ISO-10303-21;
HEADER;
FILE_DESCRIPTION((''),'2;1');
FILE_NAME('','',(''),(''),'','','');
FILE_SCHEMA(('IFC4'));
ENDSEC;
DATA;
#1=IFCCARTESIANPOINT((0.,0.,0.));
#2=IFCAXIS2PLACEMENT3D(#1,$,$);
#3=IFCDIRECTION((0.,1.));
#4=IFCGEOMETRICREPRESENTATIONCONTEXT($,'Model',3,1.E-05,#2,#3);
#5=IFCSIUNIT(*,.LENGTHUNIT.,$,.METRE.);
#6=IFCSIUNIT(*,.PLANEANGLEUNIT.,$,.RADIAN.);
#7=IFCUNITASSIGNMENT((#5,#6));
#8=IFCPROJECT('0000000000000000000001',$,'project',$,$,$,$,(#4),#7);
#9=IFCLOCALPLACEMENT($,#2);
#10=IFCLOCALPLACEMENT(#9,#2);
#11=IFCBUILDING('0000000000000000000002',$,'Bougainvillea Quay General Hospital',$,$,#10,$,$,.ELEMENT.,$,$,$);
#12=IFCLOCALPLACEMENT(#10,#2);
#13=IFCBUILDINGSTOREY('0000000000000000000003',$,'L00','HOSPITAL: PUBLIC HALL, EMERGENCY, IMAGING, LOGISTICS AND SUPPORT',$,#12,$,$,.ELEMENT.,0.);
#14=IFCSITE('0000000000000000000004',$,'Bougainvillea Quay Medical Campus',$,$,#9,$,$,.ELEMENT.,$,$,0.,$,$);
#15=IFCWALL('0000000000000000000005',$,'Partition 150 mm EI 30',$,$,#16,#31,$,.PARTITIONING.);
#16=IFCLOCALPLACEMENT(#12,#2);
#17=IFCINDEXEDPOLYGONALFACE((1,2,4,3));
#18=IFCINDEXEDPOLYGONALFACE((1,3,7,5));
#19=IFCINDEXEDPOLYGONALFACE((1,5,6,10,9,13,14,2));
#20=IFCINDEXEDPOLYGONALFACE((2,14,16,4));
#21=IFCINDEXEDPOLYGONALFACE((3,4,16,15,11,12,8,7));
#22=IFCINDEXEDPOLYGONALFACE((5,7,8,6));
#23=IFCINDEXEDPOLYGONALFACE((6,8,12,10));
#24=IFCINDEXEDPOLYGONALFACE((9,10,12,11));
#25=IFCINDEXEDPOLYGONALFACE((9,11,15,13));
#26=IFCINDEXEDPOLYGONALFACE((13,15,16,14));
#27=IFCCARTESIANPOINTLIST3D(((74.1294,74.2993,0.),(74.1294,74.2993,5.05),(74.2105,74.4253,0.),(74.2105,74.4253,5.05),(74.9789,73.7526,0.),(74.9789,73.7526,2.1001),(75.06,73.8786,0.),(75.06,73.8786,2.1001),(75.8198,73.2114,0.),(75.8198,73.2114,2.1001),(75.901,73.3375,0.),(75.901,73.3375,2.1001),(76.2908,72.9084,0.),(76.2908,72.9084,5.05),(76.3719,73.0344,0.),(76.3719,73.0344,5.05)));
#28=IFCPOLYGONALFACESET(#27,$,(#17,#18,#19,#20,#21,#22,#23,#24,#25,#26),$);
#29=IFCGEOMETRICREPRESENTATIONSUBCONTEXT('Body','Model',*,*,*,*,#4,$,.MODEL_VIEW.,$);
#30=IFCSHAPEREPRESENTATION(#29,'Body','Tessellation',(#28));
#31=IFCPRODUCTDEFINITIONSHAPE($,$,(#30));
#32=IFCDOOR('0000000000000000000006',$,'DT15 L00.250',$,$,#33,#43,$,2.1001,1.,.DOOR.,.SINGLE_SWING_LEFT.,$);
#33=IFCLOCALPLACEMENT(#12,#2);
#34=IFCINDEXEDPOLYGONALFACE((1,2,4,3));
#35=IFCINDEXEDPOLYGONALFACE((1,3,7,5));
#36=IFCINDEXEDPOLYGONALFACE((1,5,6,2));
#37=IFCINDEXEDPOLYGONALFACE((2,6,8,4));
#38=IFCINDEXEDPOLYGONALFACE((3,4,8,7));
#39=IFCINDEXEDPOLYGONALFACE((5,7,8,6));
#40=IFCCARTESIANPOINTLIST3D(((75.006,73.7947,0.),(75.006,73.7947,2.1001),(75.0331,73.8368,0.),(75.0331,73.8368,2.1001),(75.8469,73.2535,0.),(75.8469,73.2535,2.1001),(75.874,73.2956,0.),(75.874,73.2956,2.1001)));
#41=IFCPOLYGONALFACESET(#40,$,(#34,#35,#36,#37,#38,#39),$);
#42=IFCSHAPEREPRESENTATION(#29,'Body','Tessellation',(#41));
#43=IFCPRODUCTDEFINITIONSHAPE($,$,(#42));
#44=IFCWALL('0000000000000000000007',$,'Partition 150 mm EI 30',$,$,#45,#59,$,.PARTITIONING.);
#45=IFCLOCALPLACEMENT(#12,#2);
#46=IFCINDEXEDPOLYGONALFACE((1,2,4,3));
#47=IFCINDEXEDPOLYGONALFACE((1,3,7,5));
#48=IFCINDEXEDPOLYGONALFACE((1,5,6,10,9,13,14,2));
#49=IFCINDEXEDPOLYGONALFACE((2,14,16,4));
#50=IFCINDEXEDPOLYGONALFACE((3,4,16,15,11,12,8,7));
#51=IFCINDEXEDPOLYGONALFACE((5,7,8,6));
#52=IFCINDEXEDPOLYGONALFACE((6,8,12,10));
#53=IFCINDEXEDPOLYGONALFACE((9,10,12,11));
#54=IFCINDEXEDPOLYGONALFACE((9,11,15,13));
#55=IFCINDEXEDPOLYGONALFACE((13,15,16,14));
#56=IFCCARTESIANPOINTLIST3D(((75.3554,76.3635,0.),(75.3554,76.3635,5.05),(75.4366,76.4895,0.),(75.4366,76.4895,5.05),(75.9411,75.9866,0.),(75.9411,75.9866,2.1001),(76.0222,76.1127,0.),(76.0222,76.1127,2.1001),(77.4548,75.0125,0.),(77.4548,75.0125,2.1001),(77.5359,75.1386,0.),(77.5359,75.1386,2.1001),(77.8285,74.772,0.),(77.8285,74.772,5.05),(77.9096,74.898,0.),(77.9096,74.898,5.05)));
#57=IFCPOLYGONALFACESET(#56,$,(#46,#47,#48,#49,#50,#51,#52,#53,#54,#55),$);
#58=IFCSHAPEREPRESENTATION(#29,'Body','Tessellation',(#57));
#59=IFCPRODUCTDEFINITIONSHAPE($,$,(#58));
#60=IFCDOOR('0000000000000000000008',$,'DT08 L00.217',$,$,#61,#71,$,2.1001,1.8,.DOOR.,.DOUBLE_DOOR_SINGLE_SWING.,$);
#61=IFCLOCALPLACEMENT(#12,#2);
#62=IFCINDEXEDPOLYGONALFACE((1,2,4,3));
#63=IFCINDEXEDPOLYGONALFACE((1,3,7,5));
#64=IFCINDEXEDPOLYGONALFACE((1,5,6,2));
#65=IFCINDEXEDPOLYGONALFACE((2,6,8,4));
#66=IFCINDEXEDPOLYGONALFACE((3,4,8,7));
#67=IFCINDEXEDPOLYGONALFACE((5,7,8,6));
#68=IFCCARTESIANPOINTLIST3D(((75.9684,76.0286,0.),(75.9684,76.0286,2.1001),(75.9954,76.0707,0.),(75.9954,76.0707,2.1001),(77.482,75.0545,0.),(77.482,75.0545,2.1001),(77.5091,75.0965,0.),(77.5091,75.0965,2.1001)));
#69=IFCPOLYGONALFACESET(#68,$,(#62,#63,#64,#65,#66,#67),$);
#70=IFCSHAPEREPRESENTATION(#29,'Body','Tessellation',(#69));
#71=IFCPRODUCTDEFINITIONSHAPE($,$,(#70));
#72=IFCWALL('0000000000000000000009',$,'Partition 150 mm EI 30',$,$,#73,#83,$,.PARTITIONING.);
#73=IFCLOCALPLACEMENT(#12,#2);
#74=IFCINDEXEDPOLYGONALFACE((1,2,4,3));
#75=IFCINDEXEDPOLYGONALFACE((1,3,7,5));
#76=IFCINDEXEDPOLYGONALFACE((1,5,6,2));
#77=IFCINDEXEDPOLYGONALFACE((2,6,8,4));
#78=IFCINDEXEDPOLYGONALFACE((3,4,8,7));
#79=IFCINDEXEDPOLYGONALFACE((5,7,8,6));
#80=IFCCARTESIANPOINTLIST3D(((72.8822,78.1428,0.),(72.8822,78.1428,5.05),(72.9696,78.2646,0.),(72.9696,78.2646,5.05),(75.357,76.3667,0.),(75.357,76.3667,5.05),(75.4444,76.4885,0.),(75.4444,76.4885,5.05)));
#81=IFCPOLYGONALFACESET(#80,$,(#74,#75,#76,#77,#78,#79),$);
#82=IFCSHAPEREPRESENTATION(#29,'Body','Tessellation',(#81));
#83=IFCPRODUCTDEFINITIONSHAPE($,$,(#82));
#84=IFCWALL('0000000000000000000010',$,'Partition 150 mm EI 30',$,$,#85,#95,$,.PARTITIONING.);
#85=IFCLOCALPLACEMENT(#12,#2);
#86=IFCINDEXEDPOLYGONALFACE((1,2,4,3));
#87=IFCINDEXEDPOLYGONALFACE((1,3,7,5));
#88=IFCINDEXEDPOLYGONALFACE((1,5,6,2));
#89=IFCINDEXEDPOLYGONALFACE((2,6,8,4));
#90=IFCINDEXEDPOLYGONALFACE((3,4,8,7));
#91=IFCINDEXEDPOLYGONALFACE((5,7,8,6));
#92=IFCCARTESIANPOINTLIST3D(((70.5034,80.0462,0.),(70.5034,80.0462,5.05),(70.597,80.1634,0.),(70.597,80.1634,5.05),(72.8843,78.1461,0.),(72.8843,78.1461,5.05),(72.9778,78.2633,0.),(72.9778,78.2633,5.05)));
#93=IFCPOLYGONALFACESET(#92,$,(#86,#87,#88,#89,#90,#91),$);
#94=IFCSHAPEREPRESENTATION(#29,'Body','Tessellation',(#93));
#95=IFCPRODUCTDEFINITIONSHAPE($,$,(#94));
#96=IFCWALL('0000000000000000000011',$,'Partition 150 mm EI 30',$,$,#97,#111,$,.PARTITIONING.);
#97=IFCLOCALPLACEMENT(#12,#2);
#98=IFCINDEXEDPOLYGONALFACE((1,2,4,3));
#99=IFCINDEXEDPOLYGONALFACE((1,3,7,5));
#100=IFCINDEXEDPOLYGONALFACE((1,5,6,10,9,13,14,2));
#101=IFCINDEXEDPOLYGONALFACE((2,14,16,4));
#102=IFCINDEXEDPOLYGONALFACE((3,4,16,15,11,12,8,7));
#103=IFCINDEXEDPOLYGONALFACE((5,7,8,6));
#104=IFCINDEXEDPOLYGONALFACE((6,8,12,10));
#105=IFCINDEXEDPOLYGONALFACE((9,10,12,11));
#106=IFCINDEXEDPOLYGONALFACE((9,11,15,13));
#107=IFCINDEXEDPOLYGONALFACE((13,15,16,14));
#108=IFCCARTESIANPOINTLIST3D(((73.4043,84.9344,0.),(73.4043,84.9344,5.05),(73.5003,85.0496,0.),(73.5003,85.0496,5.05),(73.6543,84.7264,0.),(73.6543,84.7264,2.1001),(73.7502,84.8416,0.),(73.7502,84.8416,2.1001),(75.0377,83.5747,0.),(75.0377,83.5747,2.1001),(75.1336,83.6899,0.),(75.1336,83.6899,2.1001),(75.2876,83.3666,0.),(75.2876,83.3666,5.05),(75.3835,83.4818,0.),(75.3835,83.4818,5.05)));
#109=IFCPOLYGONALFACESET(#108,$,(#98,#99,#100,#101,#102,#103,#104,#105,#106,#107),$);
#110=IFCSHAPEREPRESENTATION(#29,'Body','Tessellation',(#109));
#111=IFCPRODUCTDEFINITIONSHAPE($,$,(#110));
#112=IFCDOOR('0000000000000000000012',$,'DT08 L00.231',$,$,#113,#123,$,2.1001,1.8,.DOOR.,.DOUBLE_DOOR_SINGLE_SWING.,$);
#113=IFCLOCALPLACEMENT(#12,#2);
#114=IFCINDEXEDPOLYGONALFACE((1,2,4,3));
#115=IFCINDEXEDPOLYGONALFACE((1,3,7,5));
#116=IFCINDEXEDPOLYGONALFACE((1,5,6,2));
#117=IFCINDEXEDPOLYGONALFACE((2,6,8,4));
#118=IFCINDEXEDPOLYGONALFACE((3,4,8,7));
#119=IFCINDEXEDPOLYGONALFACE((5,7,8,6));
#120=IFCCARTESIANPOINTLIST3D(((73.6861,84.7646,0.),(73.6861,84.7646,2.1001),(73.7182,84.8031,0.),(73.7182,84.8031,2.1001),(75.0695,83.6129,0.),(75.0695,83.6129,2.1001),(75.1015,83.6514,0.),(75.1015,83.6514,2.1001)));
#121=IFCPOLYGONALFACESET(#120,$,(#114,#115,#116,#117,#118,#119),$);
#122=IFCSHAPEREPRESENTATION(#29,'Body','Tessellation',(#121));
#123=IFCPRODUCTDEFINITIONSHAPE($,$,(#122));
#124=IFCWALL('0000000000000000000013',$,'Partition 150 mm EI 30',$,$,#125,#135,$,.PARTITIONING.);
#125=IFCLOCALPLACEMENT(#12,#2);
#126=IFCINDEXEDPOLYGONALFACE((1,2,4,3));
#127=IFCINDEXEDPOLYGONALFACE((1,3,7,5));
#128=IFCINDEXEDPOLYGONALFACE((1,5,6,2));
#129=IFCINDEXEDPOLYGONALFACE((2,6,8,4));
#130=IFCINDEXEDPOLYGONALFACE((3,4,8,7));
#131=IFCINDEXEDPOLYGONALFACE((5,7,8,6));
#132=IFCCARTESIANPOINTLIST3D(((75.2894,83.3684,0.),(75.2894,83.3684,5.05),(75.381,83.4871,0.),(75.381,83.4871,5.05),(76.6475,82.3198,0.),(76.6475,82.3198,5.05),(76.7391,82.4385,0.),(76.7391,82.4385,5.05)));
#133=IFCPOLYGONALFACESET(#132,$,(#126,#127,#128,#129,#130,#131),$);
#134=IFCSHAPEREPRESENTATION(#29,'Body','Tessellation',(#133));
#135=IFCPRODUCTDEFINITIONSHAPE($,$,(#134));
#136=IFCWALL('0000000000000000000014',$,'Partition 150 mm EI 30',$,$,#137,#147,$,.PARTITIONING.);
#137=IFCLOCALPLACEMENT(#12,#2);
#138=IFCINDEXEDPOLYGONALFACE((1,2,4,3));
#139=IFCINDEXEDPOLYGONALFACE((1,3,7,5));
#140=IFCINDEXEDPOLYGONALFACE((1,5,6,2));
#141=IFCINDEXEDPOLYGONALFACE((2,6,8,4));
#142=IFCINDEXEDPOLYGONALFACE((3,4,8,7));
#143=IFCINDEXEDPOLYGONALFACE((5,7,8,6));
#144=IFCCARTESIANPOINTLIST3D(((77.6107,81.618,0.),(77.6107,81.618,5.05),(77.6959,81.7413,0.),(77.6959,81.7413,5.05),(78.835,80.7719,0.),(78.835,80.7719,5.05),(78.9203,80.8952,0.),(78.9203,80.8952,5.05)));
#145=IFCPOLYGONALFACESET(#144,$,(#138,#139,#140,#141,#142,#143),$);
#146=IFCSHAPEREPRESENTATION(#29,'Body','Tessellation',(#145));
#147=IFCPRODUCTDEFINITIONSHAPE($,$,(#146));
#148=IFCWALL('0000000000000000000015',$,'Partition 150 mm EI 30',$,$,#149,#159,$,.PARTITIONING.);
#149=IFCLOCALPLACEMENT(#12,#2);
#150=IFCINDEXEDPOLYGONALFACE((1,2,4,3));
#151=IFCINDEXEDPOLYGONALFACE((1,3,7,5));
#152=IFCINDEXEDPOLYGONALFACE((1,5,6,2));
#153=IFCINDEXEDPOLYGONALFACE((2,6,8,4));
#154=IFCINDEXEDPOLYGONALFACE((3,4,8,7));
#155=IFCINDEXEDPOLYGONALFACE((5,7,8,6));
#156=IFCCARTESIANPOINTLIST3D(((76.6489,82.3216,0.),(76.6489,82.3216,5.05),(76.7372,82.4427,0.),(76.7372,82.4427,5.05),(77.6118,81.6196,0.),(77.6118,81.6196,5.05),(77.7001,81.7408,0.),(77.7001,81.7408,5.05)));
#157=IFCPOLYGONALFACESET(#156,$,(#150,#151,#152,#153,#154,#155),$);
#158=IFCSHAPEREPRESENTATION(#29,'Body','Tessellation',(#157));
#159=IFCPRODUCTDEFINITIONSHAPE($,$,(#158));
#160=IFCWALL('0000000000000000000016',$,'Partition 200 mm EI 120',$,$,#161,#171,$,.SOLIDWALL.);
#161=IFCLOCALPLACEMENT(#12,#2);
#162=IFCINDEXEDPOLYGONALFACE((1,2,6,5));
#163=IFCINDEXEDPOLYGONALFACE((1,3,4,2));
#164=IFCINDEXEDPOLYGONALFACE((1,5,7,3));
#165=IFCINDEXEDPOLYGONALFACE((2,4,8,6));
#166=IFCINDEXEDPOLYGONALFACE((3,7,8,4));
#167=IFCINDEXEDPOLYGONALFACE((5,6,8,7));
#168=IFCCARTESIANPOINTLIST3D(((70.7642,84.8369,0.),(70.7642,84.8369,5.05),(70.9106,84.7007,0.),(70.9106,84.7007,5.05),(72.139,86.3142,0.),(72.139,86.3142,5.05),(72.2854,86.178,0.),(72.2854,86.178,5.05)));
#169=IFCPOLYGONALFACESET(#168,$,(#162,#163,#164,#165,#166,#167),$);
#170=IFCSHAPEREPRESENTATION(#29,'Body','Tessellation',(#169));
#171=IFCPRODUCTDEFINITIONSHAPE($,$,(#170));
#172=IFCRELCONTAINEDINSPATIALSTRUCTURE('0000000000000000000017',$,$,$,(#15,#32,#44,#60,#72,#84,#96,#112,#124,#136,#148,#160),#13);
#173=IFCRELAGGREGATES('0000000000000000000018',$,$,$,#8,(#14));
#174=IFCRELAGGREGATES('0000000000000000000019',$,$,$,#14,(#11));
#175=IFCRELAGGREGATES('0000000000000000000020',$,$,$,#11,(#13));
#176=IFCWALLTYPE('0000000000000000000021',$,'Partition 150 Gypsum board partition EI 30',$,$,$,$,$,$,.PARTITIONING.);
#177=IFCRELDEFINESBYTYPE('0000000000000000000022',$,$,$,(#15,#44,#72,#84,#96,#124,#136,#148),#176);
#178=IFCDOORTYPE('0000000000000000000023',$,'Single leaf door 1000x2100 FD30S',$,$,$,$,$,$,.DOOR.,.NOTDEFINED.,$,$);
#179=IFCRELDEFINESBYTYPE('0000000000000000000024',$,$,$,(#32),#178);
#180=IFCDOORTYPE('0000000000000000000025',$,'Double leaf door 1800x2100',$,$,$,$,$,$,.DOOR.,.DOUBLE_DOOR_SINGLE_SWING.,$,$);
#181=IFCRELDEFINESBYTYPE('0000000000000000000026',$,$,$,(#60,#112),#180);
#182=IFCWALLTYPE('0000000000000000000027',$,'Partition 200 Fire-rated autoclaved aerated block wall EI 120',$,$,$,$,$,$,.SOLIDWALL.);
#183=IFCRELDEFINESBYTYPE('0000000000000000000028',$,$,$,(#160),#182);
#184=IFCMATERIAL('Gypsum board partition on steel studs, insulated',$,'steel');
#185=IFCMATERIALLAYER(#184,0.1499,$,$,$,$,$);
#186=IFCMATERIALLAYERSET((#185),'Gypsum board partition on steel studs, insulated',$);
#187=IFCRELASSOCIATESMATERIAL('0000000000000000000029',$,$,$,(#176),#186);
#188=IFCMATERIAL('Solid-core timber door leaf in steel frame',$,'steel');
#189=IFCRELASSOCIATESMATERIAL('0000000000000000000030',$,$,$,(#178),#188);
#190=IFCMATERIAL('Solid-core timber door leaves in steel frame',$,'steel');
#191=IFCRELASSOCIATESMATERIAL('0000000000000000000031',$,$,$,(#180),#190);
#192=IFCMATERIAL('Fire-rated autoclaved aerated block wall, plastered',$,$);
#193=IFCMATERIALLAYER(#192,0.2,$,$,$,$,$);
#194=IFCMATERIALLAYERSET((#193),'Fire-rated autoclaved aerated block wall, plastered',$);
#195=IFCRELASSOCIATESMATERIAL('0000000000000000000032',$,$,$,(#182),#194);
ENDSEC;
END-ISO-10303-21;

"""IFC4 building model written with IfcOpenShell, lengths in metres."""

from ifc_helpers import new_model, si_unit, direction, frame, frame_2d, origin, place, context, subcontext, project, spatial, rectangle, extrude, material, layer, layer_set, type_object, element, fill, save


model = new_model("IFC4")

# Units and contexts
model_context = context("Model", 3, precision=1e-05, world=origin(), true_north=direction((0.0, 1.0)))
body_context = subcontext(model_context, "Body", "Model", "MODEL_VIEW")
ifc_project = project(units=[si_unit("LENGTHUNIT", "METRE"), si_unit("PLANEANGLEUNIT", "RADIAN")], contexts=[model_context])

# Site, building, storey
site_placement = place(None, origin())
site = spatial("IfcSite", under=ifc_project, at=site_placement, Name="Bougainvillea Quay Medical Campus", CompositionType="ELEMENT", RefElevation=0.0)
building_placement = place(site_placement, origin())
building = spatial("IfcBuilding", under=site, at=building_placement, Name="Bougainvillea Quay General Hospital", CompositionType="ELEMENT")
storey_placement = place(building_placement, origin())
storey = spatial("IfcBuildingStorey", under=building, at=storey_placement, Name="L00", Description="HOSPITAL: PUBLIC HALL, EMERGENCY, IMAGING, LOGISTICS AND SUPPORT", CompositionType="ELEMENT", Elevation=0.0)

# Shared definitions
ifc_material_1 = material(Name="Gypsum board partition on steel studs, insulated", Category="steel")
ifc_layer_1 = layer(ifc_material_1, 0.1499)
ifc_layer_set_1 = layer_set([ifc_layer_1], Name="Gypsum board partition on steel studs, insulated")
wall_type_1 = type_object("IfcWallType", Name="Partition 150 Gypsum board partition EI 30", PredefinedType="PARTITIONING", material=ifc_layer_set_1)
ifc_material_2 = material(Name="Solid-core timber door leaf in steel frame", Category="steel")
door_type_1 = type_object("IfcDoorType", Name="Single leaf door 1000x2100 FD30S", OperationType="NOTDEFINED", PredefinedType="DOOR", material=ifc_material_2)

# Walls, openings, doors
wall_1_placement = place(storey_placement, frame((74.1699, 74.3623, 0.0), z_axis=(0.0, 0.0, 1.0), x_axis=(0.840928, -0.541146, 0.0)))
wall_1 = element("IfcWall", 1, at=wall_1_placement, inside=storey, type_object=wall_type_1, Name="Partition 150 mm EI 30", PredefinedType="PARTITIONING", context=body_context, shape_type="SweptSolid", body=[
    extrude(rectangle(XDim=2.5703, YDim=0.1499, at=frame_2d((1.2852, 0.0))), origin(), (0.0, 0.0, 1.0), 5.05),
])
opening_1_placement = place(wall_1_placement, frame((1.0103, 0.0, 0.0)))
opening_1 = element("IfcOpeningElement", 2, at=opening_1_placement, cuts=wall_1, PredefinedType="OPENING", context=body_context, shape_type="SweptSolid", body=[
    extrude(rectangle(XDim=1.0, YDim=2.1001, at=frame_2d((0.5, 1.05))), frame((0.0, 0.085, 0.0), z_axis=(0.0, -1.0, 0.0), x_axis=(1.0, 0.0, 0.0)), (0.0, 0.0, 1.0), 0.1699),
])
door_1_placement = place(opening_1_placement, frame((1.0, 0.0, 0.0), z_axis=(0.0, 0.0, 1.0), x_axis=(-1.0, 0.0, 0.0)))
door_1 = element("IfcDoor", 3, at=door_1_placement, inside=storey, type_object=door_type_1, Name="DT15 L00.250", OperationType="SINGLE_SWING_LEFT", OverallHeight=2.1001, OverallWidth=1.0, PredefinedType="DOOR", context=body_context, shape_type="SweptSolid", body=[
    extrude(rectangle(XDim=1.0, YDim=2.1001, at=frame_2d((0.5, 1.05))), frame((0.0, 0.0249, 0.0), z_axis=(0.0, -1.0, 0.0), x_axis=(1.0, 0.0, 0.0)), (0.0, 0.0, 1.0), 0.05),
])
fill(opening_1, door_1)
wall_2_placement = place(storey_placement, frame((75.396, 76.4265, 0.0), z_axis=(0.0, 0.0, 1.0), x_axis=(0.840919, -0.54116, 0.0)))
wall_2 = element("IfcWall", 4, at=wall_2_placement, inside=storey, type_object=wall_type_1, Name="Partition 150 mm EI 30", PredefinedType="PARTITIONING", context=body_context, shape_type="SweptSolid", body=[
    extrude(rectangle(XDim=2.9409, YDim=0.1499, at=frame_2d((1.4705, 0.0))), origin(), (0.0, 0.0, 1.0), 5.05),
])
opening_2_placement = place(wall_2_placement, frame((0.6965, 0.0, 0.0)))
opening_2 = element("IfcOpeningElement", 5, at=opening_2_placement, cuts=wall_2, PredefinedType="OPENING", context=body_context, shape_type="SweptSolid", body=[
    extrude(rectangle(XDim=1.8, YDim=2.1001, at=frame_2d((0.8999, 1.05))), frame((0.0, 0.085, 0.0), z_axis=(0.0, -1.0, 0.0), x_axis=(1.0, 0.0, 0.0)), (0.0, 0.0, 1.0), 0.1699),
])
ifc_material_3 = material(Name="Solid-core timber door leaves in steel frame", Category="steel")
door_type_2 = type_object("IfcDoorType", Name="Double leaf door 1800x2100", OperationType="DOUBLE_DOOR_SINGLE_SWING", PredefinedType="DOOR", material=ifc_material_3)
door_2_placement = place(opening_2_placement, frame((1.8, 0.0, 0.0), z_axis=(0.0, 0.0, 1.0), x_axis=(-1.0, 0.0, 0.0)))
door_2 = element("IfcDoor", 6, at=door_2_placement, inside=storey, type_object=door_type_2, Name="DT08 L00.217", OperationType="DOUBLE_DOOR_SINGLE_SWING", OverallHeight=2.1001, OverallWidth=1.8, PredefinedType="DOOR", context=body_context, shape_type="SweptSolid", body=[
    extrude(rectangle(XDim=1.8, YDim=2.1001, at=frame_2d((0.8999, 1.05))), frame((0.0, 0.0249, 0.0), z_axis=(0.0, -1.0, 0.0), x_axis=(1.0, 0.0, 0.0)), (0.0, 0.0, 1.0), 0.05),
])
fill(opening_2, door_2)

# Walls
for number, where, z_axis, x_axis, name in (
    (7, (72.926, 78.2036, 0.0), (0.0, 0.0, 1.0), (0.812432, -0.583056, 0.0), "Partition 150 mm EI 30"),
    (8, (70.5503, 80.1047, 0.0), (0.0, 0.0, 1.0), (0.781595, -0.623786, 0.0), "Partition 150 mm EI 30"),
):
    element("IfcWall", number, at=place(storey_placement, frame(where, z_axis=z_axis, x_axis=x_axis)), inside=storey, type_object=wall_type_1, Name=name, PredefinedType="PARTITIONING", context=body_context, shape_type="SweptSolid", body=[
        extrude(rectangle(XDim=3.0461, YDim=0.1499, at=frame_2d((1.5229, 0.0))), origin(), (0.0, 0.0, 1.0), 5.05),
    ])

# Wall, opening, door
wall_3_placement = place(storey_placement, frame((73.4524, 84.9919, 0.0), z_axis=(0.0, 0.0, 1.0), x_axis=(0.768532, -0.639812, 0.0)))
wall_3 = element("IfcWall", 9, at=wall_3_placement, inside=storey, type_object=wall_type_1, Name="Partition 150 mm EI 30", PredefinedType="PARTITIONING", context=body_context, shape_type="SweptSolid", body=[
    extrude(rectangle(XDim=2.4504, YDim=0.1499, at=frame_2d((1.2251, 0.0))), origin(), (0.0, 0.0, 1.0), 5.05),
])
opening_3_placement = place(wall_3_placement, frame((0.3252, 0.0, 0.0)))
opening_3 = element("IfcOpeningElement", 10, at=opening_3_placement, cuts=wall_3, PredefinedType="OPENING", context=body_context, shape_type="SweptSolid", body=[
    extrude(rectangle(XDim=1.8, YDim=2.1001, at=frame_2d((0.8999, 1.05))), frame((0.0, 0.085, 0.0), z_axis=(0.0, -1.0, 0.0), x_axis=(1.0, 0.0, 0.0)), (0.0, 0.0, 1.0), 0.1699),
])
door_3_placement = place(opening_3_placement, origin())
door_3 = element("IfcDoor", 11, at=door_3_placement, inside=storey, type_object=door_type_2, Name="DT08 L00.231", OperationType="DOUBLE_DOOR_SINGLE_SWING", OverallHeight=2.1001, OverallWidth=1.8, PredefinedType="DOOR", context=body_context, shape_type="SweptSolid", body=[
    extrude(rectangle(XDim=1.8, YDim=2.1001, at=frame_2d((0.8999, 1.05))), frame((0.0, 0.0249, 0.0), z_axis=(0.0, -1.0, 0.0), x_axis=(1.0, 0.0, 0.0)), (0.0, 0.0, 1.0), 0.05),
])
fill(opening_3, door_3)

# Walls
wall_4_placement = place(storey_placement, frame((75.3352, 83.4277, 0.0), z_axis=(0.0, 0.0, 1.0), x_axis=(0.791538, -0.611119, 0.0)))
element("IfcWall", 12, at=wall_4_placement, inside=storey, type_object=wall_type_1, Name="Partition 150 mm EI 30", PredefinedType="PARTITIONING", context=body_context, shape_type="SweptSolid", body=[
    extrude(rectangle(XDim=1.7158, YDim=0.1499, at=frame_2d((0.8579, 0.0))), origin(), (0.0, 0.0, 1.0), 5.05),
])
wall_5_placement = place(storey_placement, frame((77.6533, 81.6797, 0.0), z_axis=(0.0, 0.0, 1.0), x_axis=(0.822647, -0.568553, 0.0)))
element("IfcWall", 13, at=wall_5_placement, inside=storey, type_object=wall_type_1, Name="Partition 150 mm EI 30", PredefinedType="PARTITIONING", context=body_context, shape_type="SweptSolid", body=[
    extrude(rectangle(XDim=1.4883, YDim=0.1499, at=frame_2d((0.7441, 0.0))), origin(), (0.0, 0.0, 1.0), 5.05),
])
wall_6_placement = place(storey_placement, frame((76.6931, 82.3821, 0.0), z_axis=(0.0, 0.0, 1.0), x_axis=(0.808089, -0.589061, 0.0)))
element("IfcWall", 14, at=wall_6_placement, inside=storey, type_object=wall_type_1, Name="Partition 150 mm EI 30", PredefinedType="PARTITIONING", context=body_context, shape_type="SweptSolid", body=[
    extrude(rectangle(XDim=1.1917, YDim=0.1499, at=frame_2d((0.5957, 0.0))), origin(), (0.0, 0.0, 1.0), 5.05),
])
ifc_material_4 = material(Name="Fire-rated autoclaved aerated block wall, plastered")
ifc_layer_2 = layer(ifc_material_4, 0.2)
ifc_layer_set_2 = layer_set([ifc_layer_2], Name="Fire-rated autoclaved aerated block wall, plastered")
wall_type_2 = type_object("IfcWallType", Name="Partition 200 Fire-rated autoclaved aerated block wall EI 120", PredefinedType="SOLIDWALL", material=ifc_layer_set_2)
wall_7_placement = place(storey_placement, frame((70.8374, 84.7688, 0.0), z_axis=(0.0, 0.0, 1.0), x_axis=(0.681244, 0.732056, 0.0)))
element("IfcWall", 15, at=wall_7_placement, inside=storey, type_object=wall_type_2, Name="Partition 200 mm EI 120", PredefinedType="SOLIDWALL", context=body_context, shape_type="SweptSolid", body=[
    extrude(rectangle(XDim=2.0181, YDim=0.2, at=frame_2d((1.009, 0.0))), origin(), (0.0, 0.0, 1.0), 5.05),
])

save(model, "model.ifc")
